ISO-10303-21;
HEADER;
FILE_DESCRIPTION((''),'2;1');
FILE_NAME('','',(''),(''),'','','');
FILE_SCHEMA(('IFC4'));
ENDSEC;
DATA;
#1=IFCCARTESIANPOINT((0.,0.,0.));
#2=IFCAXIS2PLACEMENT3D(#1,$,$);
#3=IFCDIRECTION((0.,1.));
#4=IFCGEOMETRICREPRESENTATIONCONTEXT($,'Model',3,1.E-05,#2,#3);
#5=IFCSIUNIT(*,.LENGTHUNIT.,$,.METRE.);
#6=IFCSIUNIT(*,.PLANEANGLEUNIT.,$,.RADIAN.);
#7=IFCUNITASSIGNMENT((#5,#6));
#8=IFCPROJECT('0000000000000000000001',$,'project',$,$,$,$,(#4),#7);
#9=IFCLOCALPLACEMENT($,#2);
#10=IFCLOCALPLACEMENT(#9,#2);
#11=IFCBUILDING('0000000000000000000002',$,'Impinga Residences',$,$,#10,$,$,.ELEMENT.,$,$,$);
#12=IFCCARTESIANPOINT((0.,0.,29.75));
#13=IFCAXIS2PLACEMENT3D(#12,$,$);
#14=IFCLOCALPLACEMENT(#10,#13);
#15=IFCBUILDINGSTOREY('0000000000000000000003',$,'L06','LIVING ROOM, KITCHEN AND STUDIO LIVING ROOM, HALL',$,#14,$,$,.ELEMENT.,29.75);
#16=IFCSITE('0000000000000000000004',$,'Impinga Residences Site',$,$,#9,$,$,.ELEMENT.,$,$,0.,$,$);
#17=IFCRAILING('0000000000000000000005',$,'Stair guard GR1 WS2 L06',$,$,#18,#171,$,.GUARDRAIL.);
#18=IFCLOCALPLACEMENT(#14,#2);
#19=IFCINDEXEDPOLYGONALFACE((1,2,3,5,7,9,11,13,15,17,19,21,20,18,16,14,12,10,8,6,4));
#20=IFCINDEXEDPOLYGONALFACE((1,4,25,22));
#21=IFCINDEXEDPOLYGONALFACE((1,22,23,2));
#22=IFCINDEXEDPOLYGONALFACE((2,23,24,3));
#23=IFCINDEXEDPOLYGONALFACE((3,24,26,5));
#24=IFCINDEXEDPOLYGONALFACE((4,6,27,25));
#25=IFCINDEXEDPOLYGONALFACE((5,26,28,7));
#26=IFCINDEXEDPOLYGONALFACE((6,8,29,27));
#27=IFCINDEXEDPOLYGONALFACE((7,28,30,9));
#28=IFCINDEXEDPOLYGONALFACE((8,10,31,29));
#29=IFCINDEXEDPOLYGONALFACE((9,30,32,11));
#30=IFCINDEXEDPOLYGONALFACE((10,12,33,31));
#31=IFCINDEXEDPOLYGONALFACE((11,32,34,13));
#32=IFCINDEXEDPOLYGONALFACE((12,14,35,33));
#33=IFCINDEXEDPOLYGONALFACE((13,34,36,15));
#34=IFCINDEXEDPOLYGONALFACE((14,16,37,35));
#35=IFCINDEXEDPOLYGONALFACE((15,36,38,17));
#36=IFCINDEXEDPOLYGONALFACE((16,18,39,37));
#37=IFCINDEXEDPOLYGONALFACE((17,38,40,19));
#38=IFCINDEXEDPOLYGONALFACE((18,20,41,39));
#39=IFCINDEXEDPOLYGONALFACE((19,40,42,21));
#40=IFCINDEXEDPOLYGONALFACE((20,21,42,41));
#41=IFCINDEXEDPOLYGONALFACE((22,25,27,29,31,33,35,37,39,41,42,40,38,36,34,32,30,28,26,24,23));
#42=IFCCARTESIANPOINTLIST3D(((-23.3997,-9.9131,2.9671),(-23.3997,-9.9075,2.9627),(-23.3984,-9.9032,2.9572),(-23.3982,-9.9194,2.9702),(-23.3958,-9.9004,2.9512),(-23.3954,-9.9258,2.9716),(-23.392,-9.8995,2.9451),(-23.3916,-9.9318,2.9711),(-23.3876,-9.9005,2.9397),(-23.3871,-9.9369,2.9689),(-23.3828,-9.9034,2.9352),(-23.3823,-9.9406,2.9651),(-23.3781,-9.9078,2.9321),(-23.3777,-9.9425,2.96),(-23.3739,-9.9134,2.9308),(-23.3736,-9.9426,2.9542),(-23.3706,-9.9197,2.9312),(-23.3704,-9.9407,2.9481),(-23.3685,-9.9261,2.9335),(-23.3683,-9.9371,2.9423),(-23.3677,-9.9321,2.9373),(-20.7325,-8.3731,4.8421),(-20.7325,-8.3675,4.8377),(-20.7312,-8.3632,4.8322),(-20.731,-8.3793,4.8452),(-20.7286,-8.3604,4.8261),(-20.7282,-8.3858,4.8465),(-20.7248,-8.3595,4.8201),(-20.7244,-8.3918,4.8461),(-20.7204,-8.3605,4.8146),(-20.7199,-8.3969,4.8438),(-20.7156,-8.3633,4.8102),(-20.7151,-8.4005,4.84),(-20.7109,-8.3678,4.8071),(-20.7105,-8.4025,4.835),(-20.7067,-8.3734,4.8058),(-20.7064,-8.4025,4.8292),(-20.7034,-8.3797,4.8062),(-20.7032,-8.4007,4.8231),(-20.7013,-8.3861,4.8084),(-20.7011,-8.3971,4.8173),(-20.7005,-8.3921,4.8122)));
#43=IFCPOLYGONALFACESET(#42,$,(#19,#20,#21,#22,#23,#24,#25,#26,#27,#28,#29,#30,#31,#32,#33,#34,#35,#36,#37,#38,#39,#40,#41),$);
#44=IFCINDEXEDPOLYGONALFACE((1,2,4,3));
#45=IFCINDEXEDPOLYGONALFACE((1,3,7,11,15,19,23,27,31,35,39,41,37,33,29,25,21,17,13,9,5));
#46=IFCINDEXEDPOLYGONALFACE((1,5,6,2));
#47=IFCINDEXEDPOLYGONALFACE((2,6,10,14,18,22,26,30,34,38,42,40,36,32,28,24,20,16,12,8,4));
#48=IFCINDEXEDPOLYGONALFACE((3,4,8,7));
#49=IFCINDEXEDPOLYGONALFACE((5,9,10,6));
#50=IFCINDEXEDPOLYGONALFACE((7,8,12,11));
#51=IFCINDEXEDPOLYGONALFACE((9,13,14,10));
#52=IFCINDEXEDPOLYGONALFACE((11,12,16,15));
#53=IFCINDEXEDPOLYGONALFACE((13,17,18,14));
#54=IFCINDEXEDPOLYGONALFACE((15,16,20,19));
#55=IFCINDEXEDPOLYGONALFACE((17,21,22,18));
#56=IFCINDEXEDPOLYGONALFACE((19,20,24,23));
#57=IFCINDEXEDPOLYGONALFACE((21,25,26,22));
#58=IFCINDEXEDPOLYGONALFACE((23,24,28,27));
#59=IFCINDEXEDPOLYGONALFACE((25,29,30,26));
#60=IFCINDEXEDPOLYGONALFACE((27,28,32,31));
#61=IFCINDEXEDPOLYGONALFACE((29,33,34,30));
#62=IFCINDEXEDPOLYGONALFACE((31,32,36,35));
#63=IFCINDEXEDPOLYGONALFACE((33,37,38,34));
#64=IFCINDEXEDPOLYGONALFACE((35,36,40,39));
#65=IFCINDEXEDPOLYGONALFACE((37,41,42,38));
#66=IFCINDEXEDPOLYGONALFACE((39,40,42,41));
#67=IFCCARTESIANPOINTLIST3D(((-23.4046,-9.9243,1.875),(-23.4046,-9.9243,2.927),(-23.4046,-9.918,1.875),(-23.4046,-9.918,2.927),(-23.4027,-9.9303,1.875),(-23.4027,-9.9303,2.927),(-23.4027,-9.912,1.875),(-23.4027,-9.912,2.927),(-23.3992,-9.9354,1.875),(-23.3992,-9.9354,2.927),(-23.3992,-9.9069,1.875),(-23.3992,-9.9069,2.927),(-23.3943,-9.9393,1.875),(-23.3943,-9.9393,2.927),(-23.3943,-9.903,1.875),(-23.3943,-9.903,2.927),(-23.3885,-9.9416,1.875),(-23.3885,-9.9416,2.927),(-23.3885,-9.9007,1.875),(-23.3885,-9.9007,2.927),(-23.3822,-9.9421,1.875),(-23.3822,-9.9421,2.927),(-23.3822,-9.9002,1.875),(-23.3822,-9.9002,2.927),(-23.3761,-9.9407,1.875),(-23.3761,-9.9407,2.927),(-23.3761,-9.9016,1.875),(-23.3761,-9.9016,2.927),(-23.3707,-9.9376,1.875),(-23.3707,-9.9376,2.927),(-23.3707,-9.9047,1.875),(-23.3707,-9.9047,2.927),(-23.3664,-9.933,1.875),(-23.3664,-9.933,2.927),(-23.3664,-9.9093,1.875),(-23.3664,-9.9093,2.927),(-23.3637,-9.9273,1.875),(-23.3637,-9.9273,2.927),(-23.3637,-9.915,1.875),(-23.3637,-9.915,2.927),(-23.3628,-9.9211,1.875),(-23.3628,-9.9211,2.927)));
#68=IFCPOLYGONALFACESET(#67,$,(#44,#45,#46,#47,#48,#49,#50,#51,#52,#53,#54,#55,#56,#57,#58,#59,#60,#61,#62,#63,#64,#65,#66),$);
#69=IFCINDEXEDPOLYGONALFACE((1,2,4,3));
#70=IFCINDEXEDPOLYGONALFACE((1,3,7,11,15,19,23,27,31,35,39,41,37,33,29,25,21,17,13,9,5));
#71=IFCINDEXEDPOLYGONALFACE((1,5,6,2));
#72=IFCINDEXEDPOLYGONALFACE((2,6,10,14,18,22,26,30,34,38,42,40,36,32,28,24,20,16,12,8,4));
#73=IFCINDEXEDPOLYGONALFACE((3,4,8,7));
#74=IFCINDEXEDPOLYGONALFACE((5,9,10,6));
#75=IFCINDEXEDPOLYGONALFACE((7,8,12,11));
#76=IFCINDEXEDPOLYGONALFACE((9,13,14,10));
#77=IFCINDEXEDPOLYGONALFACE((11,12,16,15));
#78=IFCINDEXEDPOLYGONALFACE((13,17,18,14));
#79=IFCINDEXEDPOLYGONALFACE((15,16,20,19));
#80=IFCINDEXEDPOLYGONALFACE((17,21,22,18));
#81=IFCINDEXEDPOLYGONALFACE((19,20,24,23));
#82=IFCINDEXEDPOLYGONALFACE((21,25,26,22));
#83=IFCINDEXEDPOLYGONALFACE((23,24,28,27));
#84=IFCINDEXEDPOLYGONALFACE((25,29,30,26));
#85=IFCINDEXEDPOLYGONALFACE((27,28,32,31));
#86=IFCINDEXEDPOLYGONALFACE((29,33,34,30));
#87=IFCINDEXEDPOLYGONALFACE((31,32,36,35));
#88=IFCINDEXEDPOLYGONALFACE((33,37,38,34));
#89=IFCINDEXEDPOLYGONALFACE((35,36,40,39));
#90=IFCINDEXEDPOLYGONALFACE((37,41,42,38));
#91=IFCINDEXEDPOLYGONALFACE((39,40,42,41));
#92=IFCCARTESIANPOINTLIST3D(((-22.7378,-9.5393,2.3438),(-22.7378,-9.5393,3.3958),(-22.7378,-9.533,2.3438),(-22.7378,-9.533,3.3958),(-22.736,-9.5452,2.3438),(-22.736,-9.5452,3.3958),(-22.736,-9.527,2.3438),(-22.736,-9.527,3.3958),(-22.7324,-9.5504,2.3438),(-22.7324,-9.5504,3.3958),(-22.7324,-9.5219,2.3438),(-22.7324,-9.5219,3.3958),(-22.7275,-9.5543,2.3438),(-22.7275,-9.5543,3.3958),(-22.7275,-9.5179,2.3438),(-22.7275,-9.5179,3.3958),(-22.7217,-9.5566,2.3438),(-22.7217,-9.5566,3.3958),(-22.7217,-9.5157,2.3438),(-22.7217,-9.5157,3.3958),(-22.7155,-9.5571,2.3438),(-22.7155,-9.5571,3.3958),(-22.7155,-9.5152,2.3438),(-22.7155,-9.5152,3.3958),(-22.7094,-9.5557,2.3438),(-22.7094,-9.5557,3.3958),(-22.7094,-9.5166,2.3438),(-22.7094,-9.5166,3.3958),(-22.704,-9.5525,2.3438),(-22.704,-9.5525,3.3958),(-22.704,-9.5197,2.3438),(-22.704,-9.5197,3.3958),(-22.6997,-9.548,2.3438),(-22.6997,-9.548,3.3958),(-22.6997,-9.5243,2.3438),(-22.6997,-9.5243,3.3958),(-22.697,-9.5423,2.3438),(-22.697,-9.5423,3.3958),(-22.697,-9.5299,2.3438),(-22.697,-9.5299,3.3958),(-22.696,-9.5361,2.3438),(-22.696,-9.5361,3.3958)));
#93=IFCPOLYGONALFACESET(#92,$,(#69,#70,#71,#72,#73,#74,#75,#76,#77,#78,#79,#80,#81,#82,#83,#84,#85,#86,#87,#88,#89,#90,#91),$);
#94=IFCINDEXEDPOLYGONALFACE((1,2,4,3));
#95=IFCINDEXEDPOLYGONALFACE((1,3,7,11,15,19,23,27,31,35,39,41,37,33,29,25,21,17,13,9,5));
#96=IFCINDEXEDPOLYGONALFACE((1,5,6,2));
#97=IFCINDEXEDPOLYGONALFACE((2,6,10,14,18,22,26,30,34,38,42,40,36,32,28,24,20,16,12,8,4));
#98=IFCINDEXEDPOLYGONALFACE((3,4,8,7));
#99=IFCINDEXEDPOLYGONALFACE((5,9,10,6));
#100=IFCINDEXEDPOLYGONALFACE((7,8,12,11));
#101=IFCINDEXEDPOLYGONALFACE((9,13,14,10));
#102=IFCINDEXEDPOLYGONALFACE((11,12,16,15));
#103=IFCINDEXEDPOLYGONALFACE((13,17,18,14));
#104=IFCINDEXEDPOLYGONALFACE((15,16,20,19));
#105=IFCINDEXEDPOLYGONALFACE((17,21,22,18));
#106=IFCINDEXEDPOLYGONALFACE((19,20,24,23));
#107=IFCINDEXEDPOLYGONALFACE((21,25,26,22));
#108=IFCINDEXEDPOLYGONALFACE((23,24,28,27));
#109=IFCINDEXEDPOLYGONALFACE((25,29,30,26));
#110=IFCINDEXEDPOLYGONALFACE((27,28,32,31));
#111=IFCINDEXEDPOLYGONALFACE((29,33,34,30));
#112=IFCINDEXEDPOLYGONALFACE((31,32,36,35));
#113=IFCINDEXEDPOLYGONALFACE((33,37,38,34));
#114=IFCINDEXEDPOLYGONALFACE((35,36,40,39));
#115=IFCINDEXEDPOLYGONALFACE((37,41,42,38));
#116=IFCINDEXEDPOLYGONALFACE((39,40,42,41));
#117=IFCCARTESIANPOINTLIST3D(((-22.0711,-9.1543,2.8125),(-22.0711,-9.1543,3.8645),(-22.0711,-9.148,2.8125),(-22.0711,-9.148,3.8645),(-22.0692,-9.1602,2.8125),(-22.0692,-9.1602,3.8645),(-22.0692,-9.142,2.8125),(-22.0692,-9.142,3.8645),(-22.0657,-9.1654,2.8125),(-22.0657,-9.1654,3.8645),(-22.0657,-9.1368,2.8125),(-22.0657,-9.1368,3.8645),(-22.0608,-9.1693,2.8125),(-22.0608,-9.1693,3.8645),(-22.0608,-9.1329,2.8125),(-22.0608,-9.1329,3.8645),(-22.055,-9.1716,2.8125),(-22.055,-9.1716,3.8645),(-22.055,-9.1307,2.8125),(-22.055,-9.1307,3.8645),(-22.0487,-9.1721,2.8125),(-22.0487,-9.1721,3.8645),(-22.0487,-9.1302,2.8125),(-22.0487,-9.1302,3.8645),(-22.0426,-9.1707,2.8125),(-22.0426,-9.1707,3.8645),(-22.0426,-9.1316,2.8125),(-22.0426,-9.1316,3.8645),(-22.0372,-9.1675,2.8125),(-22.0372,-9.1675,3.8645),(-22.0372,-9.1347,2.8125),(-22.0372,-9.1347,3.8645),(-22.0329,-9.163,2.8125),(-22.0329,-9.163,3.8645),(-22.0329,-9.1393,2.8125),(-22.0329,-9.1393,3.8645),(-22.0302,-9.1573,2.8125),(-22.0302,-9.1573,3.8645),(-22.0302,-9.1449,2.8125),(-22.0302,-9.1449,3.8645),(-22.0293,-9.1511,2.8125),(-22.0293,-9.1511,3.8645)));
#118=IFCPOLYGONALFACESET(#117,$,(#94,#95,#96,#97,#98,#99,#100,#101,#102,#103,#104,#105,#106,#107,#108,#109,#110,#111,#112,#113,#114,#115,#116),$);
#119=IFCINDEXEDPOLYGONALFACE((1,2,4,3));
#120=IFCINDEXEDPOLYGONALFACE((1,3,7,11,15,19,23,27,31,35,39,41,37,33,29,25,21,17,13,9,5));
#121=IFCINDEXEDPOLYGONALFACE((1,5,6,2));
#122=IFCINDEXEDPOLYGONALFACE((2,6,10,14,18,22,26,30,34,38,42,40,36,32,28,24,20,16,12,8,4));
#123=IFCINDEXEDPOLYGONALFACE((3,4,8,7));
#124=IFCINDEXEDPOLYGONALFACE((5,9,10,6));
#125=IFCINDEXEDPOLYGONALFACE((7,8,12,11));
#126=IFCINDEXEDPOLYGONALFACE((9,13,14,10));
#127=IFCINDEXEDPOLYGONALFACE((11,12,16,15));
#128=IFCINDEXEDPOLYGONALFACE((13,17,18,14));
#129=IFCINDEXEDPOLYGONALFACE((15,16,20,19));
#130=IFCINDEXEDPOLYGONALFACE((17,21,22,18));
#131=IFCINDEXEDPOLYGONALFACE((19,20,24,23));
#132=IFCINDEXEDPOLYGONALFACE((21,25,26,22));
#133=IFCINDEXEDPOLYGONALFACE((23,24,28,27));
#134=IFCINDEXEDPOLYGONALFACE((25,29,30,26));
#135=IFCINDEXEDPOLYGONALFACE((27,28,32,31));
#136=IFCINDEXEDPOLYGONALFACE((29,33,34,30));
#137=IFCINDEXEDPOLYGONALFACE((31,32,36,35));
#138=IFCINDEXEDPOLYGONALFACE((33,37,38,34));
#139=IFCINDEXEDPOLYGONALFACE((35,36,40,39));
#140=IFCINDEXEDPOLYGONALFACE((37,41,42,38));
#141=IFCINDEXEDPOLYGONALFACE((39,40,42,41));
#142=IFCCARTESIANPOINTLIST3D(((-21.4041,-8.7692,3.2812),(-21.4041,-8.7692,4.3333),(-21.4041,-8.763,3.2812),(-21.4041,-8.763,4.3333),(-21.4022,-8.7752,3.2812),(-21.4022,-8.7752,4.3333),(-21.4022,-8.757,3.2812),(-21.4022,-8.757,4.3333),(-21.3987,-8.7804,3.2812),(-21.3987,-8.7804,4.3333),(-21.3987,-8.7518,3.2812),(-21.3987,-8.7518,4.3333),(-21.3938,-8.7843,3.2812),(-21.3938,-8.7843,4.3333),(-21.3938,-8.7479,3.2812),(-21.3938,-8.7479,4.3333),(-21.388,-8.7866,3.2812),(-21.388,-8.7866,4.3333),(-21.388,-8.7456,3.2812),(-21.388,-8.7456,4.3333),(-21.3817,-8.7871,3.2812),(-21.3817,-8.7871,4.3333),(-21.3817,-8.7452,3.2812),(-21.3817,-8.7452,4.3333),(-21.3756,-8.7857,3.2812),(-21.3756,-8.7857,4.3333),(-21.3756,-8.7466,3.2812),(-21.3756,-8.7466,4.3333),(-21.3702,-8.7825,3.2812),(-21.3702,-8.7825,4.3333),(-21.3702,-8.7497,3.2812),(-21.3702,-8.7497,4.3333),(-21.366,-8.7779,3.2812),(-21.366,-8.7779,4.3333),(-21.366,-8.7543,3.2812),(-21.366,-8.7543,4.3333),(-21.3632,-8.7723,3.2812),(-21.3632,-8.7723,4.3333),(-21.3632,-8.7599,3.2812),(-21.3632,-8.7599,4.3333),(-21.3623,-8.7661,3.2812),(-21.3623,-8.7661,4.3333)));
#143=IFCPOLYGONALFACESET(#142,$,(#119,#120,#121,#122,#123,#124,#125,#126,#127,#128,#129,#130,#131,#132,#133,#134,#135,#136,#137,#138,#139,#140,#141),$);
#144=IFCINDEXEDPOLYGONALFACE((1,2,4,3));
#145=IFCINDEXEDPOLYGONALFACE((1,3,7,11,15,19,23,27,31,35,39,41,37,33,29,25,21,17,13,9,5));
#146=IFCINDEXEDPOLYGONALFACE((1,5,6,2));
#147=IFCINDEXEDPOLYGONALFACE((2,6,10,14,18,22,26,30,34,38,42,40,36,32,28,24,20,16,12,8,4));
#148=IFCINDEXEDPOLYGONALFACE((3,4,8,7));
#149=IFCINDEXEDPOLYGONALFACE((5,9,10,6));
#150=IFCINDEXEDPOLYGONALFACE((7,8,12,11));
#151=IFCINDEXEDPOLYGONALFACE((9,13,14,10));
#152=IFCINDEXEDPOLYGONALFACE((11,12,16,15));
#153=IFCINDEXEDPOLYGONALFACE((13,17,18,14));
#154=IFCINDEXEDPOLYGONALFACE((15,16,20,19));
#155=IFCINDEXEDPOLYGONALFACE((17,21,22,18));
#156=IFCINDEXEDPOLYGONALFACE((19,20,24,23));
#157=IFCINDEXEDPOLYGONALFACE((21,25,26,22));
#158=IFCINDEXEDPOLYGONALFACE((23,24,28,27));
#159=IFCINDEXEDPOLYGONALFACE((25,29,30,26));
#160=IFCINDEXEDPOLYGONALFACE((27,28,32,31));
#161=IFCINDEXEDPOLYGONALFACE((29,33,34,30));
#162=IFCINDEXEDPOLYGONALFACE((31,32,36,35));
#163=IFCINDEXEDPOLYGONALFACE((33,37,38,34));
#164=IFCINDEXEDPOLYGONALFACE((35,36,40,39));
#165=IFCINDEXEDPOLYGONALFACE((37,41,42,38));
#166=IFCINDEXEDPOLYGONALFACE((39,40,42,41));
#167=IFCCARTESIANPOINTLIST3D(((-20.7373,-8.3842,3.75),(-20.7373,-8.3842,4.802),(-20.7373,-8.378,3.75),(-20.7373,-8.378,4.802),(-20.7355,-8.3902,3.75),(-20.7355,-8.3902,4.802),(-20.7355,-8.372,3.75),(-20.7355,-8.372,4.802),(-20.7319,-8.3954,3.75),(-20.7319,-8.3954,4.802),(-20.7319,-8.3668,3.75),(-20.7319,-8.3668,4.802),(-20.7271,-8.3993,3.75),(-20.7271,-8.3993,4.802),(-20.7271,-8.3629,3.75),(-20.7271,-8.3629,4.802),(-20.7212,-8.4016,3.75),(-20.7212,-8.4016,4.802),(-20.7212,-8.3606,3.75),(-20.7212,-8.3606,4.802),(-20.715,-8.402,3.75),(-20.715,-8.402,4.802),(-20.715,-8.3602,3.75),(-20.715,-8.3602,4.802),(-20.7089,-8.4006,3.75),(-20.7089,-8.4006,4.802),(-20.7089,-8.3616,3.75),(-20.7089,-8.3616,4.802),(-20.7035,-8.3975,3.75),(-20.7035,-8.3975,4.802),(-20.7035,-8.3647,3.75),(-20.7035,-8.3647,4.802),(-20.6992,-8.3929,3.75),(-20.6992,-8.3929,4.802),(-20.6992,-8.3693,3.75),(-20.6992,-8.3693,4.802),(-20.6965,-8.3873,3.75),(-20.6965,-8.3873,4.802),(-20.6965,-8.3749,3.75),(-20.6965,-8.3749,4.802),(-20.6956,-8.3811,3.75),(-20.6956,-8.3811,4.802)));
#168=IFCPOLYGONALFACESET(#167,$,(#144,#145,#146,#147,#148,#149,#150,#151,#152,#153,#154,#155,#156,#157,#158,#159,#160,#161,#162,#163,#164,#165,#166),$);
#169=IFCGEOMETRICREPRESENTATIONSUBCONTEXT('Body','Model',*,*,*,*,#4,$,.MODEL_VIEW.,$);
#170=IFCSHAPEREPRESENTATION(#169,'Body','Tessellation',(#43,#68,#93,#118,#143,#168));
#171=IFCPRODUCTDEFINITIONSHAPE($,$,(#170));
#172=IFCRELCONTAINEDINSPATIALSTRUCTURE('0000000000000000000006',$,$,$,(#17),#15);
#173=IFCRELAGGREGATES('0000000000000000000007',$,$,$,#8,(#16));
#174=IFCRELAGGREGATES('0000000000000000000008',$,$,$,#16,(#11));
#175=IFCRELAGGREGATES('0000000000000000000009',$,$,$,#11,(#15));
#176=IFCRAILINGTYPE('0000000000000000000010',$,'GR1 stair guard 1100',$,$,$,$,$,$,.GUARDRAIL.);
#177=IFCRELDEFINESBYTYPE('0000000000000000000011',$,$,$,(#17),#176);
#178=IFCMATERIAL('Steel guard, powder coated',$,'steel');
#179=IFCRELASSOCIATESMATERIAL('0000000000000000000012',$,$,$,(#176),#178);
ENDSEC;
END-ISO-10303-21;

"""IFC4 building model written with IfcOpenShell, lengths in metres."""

from ifc_helpers import new_model, si_unit, direction, frame, origin, origin_2d, place, context, subcontext, project, spatial, circle, extrude, material, type_object, element, save


model = new_model("IFC4")

# Units and contexts
model_context = context("Model", 3, precision=1e-05, world=origin(), true_north=direction((0.0, 1.0)))
body_context = subcontext(model_context, "Body", "Model", "MODEL_VIEW")
ifc_project = project(units=[si_unit("LENGTHUNIT", "METRE"), si_unit("PLANEANGLEUNIT", "RADIAN")], contexts=[model_context])

# Site, building, storey
site_placement = place(None, origin())
site = spatial("IfcSite", under=ifc_project, at=site_placement, Name="Impinga Residences Site", CompositionType="ELEMENT", RefElevation=0.0)
building_placement = place(site_placement, origin())
building = spatial("IfcBuilding", under=site, at=building_placement, Name="Impinga Residences", CompositionType="ELEMENT")
storey_placement = place(building_placement, frame((0.0, 0.0, 29.75)))
storey = spatial("IfcBuildingStorey", under=building, at=storey_placement, Name="L06", Description="LIVING ROOM, KITCHEN AND STUDIO LIVING ROOM, HALL", CompositionType="ELEMENT", Elevation=29.75)

# Railing
ifc_material_1 = material(Name="Steel guard, powder coated", Category="steel")
railing_type_1 = type_object("IfcRailingType", Name="GR1 stair guard 1100", PredefinedType="GUARDRAIL", material=ifc_material_1)
railing_1_placement = place(storey_placement, frame((-23.3838, -9.9211, 1.875)))
element("IfcRailing", 1, at=railing_1_placement, inside=storey, type_object=railing_type_1, Name="Stair guard GR1 WS2 L06", PredefinedType="GUARDRAIL", context=body_context, shape_type="SweptSolid", body=[
    extrude(circle(Radius=0.0239, at=origin_2d()), frame((0.0, 0.0, 1.0762), z_axis=(0.739716, 0.427105, 0.520002), x_axis=(-0.500027, 0.86601, 0.0)), (0.0, 0.0, 1.0), 3.6057),
    extrude(circle(Radius=0.021, at=origin_2d()), origin(), (0.0, 0.0, 1.0), 1.052),
    extrude(circle(Radius=0.021, at=origin_2d()), frame((0.6667, 0.385, 0.4688)), (0.0, 0.0, 1.0), 1.052),
    extrude(circle(Radius=0.021, at=origin_2d()), frame((1.3335, 0.77, 0.9375)), (0.0, 0.0, 1.0), 1.052),
    extrude(circle(Radius=0.021, at=origin_2d()), frame((2.0005, 1.155, 1.4062)), (0.0, 0.0, 1.0), 1.052),
    extrude(circle(Radius=0.021, at=origin_2d()), frame((2.6672, 1.54, 1.875)), (0.0, 0.0, 1.0), 1.052),
])

save(model, "model.ifc")
